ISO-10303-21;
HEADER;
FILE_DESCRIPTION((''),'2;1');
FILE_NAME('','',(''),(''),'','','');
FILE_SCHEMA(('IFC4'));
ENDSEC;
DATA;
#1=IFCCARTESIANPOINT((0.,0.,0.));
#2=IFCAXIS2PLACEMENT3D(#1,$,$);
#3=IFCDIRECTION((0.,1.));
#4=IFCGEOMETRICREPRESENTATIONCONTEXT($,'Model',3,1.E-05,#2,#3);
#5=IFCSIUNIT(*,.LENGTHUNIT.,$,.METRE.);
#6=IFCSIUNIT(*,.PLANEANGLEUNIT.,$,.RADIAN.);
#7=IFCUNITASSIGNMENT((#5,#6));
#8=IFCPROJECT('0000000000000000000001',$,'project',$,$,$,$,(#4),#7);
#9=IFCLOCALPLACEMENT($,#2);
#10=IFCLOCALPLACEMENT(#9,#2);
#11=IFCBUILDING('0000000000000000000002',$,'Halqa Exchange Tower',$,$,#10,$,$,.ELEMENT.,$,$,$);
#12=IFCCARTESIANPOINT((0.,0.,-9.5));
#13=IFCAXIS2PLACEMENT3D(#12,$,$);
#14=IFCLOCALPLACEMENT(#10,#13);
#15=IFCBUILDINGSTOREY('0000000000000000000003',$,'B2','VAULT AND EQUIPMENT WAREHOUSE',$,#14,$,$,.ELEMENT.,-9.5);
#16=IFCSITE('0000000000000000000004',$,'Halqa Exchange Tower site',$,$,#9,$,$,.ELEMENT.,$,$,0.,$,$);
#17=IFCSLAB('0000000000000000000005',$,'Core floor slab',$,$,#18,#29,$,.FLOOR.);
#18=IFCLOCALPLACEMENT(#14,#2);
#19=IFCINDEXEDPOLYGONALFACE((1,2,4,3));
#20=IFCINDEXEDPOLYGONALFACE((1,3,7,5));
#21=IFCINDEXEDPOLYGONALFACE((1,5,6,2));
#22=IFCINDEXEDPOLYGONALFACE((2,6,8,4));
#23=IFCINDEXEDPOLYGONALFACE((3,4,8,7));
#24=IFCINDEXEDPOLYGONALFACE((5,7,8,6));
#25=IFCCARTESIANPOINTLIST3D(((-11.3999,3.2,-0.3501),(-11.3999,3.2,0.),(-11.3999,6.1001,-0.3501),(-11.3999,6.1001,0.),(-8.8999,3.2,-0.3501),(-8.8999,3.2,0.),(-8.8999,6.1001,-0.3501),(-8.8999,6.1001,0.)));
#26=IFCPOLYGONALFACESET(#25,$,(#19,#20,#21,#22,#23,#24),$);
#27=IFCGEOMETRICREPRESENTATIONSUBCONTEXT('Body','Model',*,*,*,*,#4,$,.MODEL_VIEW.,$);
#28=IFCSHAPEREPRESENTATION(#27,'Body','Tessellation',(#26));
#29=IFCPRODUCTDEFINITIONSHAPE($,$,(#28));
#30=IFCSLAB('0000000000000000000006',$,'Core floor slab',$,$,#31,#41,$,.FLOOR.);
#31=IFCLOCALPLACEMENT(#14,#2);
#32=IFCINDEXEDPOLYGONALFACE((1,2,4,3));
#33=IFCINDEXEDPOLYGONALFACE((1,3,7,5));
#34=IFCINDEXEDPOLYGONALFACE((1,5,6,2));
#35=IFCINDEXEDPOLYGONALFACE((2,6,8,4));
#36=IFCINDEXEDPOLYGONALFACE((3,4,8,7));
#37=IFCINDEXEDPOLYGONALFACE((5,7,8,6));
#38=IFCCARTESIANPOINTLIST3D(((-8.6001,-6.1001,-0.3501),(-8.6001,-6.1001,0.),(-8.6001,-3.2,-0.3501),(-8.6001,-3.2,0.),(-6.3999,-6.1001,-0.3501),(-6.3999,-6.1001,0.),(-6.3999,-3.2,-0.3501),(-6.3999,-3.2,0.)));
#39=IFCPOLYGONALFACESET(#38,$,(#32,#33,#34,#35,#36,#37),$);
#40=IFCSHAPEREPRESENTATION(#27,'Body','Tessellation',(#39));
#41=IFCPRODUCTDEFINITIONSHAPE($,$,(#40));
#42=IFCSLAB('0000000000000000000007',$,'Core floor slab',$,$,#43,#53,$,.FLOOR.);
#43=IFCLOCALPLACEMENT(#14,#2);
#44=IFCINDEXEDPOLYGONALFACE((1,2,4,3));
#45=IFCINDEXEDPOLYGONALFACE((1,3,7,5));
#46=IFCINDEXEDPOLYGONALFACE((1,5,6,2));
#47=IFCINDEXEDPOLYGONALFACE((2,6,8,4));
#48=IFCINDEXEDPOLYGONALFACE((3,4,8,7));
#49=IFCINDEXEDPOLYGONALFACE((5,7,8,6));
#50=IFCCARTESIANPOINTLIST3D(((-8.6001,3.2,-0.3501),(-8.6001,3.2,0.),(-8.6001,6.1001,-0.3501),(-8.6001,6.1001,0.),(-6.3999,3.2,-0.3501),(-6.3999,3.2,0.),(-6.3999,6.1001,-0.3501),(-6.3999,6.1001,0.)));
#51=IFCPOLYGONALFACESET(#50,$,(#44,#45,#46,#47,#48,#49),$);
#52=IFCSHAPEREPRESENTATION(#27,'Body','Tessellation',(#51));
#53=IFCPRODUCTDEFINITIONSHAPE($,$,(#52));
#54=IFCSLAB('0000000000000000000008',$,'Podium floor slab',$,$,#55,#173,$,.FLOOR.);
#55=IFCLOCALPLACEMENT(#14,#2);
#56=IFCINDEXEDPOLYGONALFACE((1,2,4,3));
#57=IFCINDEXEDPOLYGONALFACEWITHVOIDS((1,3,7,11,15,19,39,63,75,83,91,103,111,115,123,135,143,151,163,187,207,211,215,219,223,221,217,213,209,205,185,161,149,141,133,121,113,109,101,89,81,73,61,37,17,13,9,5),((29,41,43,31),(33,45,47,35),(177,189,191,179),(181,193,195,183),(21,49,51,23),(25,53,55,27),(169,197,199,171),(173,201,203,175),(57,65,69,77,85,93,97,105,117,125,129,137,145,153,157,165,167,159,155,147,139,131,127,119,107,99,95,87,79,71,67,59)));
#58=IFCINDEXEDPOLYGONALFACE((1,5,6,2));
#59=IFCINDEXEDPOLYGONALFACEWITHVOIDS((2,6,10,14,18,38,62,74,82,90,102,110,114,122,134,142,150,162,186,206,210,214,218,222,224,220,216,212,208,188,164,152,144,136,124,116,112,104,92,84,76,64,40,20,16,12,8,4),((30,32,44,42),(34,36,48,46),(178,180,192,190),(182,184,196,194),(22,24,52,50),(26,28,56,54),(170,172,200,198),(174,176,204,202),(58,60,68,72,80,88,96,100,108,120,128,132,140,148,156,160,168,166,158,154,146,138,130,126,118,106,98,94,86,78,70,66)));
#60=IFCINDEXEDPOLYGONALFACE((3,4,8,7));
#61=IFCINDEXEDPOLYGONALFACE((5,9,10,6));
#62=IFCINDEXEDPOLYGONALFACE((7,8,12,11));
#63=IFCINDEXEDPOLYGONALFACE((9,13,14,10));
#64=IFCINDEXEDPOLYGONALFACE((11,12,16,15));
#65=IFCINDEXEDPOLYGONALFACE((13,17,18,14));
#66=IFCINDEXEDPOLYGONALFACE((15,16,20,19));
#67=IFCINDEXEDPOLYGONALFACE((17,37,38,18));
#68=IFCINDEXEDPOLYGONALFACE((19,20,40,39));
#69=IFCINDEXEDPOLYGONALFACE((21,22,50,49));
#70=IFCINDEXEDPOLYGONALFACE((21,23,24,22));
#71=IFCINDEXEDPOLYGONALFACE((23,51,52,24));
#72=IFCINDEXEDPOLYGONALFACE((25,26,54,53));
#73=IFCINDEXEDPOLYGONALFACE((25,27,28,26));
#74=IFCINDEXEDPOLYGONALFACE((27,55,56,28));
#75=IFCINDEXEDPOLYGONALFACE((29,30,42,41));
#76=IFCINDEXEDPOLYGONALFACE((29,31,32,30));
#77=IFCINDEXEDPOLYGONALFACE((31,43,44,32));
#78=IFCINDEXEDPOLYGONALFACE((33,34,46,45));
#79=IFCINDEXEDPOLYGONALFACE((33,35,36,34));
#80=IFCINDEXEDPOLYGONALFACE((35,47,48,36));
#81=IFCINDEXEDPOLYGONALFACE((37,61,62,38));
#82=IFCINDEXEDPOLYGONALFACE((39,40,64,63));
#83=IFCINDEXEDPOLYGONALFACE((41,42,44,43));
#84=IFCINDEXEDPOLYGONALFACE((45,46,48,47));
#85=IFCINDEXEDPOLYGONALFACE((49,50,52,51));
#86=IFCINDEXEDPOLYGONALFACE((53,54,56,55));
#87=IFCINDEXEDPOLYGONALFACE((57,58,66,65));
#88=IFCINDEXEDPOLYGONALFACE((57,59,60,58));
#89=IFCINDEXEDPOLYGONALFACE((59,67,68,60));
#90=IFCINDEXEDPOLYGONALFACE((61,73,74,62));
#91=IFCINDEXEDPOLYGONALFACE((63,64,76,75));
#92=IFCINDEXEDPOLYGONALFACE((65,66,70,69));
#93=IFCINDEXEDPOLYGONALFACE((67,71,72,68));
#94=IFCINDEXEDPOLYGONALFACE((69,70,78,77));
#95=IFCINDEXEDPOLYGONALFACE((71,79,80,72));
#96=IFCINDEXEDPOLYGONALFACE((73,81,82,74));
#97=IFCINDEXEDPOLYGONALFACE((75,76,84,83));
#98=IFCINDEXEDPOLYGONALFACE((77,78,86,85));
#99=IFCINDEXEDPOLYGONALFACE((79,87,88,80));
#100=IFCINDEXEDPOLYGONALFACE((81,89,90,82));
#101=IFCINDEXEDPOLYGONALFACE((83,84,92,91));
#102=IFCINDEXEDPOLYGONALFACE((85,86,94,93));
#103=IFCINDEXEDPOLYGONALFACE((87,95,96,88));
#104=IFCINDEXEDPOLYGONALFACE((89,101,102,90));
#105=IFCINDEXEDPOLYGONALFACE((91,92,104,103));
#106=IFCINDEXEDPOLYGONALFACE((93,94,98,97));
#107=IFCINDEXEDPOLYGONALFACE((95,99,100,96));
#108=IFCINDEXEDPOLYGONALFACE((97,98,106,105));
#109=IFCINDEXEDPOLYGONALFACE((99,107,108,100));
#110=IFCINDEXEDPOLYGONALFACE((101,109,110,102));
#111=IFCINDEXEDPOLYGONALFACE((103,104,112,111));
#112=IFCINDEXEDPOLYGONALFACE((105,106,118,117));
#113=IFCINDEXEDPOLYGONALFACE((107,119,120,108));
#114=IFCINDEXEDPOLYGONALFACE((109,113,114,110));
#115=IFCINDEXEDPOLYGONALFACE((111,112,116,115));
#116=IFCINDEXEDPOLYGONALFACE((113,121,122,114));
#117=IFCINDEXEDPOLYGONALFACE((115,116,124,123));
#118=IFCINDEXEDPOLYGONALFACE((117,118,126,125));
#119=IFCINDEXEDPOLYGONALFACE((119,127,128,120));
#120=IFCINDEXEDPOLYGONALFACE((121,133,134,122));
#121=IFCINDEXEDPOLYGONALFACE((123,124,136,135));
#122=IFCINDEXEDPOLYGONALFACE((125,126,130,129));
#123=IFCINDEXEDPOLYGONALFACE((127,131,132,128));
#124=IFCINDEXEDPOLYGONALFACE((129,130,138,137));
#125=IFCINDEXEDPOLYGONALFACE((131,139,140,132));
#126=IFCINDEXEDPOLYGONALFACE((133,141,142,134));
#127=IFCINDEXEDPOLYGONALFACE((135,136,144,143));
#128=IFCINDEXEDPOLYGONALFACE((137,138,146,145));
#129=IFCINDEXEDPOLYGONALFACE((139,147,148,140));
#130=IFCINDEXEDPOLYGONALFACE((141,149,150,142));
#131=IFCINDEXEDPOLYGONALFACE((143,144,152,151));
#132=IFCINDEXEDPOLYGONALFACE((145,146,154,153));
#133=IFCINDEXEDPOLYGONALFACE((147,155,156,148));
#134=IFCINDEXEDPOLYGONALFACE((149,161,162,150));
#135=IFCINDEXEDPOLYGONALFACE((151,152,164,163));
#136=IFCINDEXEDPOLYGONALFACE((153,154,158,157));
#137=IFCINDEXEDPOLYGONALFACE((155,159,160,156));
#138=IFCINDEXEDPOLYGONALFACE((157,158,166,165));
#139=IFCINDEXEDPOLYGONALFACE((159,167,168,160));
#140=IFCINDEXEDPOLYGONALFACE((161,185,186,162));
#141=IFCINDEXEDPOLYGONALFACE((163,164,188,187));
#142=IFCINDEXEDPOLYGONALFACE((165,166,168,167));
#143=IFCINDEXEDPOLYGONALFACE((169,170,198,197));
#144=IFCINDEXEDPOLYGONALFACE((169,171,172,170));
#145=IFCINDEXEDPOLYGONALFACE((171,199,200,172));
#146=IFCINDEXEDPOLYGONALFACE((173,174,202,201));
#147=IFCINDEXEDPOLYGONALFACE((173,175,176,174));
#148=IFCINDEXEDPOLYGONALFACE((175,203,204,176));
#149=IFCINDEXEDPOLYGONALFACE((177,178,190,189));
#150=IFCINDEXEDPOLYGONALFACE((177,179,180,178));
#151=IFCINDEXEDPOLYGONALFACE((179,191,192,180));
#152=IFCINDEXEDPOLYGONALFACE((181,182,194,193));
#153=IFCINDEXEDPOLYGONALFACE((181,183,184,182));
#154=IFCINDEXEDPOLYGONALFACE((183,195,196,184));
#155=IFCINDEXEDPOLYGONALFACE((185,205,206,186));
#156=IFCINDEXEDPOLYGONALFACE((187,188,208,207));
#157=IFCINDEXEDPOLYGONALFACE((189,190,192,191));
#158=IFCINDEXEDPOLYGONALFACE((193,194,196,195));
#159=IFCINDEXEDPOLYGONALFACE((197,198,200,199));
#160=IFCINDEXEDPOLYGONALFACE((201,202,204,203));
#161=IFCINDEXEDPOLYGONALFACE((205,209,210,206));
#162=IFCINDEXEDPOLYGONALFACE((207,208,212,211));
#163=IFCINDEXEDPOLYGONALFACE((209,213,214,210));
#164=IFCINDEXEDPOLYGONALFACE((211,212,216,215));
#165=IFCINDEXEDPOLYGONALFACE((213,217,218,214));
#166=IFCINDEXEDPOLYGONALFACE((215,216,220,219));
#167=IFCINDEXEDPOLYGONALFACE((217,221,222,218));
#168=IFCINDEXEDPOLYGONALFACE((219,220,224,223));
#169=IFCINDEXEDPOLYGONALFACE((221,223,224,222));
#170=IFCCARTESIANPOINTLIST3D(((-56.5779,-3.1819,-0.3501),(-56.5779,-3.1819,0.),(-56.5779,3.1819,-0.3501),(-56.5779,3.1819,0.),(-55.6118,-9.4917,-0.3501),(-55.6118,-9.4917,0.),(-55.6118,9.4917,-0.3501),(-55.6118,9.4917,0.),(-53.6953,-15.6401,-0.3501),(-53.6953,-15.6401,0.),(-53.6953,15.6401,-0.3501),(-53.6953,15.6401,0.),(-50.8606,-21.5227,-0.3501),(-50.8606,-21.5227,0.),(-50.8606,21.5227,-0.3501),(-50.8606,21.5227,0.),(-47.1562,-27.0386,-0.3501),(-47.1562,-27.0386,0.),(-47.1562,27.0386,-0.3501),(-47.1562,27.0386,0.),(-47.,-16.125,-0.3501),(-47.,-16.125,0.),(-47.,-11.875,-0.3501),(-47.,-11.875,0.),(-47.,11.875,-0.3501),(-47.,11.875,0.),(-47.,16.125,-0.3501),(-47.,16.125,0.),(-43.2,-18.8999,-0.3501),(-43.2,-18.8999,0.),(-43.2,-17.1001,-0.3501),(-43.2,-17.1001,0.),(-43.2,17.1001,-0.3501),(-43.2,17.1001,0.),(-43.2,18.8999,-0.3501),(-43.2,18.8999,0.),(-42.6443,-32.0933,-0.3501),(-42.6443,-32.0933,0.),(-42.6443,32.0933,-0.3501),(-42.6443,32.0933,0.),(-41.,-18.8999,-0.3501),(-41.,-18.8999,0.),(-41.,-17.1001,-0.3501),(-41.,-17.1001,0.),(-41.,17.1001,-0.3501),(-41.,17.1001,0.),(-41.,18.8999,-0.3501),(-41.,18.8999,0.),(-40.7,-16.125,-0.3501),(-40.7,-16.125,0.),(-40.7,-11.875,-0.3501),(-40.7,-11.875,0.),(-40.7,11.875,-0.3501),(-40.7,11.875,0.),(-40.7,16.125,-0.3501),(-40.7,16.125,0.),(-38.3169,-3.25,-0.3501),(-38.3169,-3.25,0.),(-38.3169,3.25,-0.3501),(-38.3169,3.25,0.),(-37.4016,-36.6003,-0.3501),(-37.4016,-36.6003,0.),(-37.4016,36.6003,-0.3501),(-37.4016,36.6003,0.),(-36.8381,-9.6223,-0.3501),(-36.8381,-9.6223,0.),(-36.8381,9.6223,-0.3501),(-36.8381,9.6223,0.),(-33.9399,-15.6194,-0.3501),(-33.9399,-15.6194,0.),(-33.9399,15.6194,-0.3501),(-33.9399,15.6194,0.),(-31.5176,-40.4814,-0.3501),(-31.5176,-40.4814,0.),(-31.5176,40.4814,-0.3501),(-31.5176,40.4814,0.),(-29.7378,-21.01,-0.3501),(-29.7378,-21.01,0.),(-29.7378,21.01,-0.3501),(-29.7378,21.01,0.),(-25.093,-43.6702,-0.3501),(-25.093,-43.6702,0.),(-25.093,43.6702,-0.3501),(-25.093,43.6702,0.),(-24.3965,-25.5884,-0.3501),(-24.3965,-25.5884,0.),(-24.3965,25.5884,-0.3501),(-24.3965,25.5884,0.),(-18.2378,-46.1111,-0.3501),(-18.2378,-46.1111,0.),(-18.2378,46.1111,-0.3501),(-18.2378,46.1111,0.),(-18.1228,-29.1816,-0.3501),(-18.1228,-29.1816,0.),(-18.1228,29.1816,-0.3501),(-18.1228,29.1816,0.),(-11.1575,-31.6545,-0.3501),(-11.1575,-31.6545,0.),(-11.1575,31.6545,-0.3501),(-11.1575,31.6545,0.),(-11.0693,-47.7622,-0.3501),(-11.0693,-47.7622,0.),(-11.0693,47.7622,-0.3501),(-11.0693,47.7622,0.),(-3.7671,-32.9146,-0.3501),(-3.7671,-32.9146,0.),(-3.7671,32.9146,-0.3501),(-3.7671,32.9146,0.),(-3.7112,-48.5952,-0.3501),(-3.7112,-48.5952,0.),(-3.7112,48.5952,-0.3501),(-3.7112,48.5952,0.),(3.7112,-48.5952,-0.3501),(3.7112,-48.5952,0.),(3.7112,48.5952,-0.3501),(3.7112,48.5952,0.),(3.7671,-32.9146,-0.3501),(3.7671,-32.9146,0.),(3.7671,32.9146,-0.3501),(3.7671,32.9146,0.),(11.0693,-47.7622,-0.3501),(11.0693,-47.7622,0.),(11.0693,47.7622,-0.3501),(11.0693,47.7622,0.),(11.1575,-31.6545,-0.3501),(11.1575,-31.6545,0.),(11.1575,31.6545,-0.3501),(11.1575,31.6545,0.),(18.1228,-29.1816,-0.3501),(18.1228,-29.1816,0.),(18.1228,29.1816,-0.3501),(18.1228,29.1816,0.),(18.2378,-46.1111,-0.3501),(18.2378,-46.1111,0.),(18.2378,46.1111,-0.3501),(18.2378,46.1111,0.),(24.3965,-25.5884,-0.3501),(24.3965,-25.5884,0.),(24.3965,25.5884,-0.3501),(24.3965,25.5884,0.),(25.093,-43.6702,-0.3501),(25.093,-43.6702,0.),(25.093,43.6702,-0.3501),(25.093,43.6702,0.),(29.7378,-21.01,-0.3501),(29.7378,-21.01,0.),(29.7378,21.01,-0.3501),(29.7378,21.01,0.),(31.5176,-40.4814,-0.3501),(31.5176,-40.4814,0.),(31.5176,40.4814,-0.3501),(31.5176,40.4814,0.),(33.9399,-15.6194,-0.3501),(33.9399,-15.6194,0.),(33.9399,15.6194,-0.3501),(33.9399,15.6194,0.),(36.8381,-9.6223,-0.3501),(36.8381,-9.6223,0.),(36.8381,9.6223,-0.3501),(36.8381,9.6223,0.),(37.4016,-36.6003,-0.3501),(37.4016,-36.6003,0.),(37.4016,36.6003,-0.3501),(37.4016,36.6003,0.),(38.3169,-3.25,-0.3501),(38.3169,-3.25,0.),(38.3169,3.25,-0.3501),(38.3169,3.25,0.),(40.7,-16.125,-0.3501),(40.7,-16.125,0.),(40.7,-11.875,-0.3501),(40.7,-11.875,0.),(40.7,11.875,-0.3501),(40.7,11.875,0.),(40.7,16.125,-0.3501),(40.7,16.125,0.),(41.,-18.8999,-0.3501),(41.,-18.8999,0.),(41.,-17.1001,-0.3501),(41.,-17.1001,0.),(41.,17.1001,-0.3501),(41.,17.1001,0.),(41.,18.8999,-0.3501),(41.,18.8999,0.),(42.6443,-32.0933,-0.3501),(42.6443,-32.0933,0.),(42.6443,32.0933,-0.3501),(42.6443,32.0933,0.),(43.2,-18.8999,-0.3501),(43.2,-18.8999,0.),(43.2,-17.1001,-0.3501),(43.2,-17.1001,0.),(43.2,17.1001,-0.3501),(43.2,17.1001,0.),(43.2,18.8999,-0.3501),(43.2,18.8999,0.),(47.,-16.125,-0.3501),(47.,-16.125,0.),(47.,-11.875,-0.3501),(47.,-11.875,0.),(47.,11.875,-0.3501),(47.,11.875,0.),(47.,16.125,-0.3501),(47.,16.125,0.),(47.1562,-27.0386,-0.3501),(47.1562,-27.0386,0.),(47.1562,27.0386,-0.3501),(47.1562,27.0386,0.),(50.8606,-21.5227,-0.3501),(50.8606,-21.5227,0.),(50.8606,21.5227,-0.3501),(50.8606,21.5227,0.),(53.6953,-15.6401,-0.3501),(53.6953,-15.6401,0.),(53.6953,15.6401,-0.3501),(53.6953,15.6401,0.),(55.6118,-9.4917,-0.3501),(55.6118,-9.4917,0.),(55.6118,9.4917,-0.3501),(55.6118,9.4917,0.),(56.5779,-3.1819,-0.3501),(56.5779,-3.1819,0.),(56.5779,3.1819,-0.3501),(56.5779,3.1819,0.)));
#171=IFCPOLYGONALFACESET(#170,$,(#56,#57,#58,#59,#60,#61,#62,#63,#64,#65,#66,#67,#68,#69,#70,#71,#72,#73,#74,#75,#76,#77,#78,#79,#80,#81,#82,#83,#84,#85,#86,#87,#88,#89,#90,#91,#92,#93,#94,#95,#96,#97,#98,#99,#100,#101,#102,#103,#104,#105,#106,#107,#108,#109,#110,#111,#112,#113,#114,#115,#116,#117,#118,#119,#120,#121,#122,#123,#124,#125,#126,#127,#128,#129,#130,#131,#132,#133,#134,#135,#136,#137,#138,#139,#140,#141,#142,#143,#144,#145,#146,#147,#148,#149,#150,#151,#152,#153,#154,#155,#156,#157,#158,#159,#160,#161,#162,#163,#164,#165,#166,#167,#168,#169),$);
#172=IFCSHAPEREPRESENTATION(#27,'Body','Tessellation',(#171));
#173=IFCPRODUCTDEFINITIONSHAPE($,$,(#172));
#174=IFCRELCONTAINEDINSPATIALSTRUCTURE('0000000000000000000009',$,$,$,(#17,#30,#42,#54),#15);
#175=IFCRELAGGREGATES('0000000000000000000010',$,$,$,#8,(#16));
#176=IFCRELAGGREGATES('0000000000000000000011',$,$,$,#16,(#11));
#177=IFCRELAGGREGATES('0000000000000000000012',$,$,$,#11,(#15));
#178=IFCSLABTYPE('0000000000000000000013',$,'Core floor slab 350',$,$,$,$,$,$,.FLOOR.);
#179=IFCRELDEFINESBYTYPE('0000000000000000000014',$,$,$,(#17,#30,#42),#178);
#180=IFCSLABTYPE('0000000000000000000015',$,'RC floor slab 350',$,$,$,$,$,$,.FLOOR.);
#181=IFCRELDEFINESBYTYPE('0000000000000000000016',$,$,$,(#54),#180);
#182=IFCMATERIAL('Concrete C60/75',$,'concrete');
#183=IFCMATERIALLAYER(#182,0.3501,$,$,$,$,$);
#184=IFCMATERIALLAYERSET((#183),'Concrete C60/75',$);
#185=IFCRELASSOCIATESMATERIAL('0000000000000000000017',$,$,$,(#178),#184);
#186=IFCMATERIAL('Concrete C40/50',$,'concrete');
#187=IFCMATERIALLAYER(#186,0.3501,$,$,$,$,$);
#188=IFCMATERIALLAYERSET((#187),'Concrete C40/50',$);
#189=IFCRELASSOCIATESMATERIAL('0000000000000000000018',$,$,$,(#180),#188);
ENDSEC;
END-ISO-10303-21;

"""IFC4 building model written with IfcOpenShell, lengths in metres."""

from ifc_helpers import new_model, si_unit, direction, frame, origin, place, context, subcontext, project, spatial, polyline, outline, extrude, material, layer, layer_set, type_object, element, save


model = new_model("IFC4")

# Units and contexts
model_context = context("Model", 3, precision=1e-05, world=origin(), true_north=direction((0.0, 1.0)))
body_context = subcontext(model_context, "Body", "Model", "MODEL_VIEW")
ifc_project = project(units=[si_unit("LENGTHUNIT", "METRE"), si_unit("PLANEANGLEUNIT", "RADIAN")], contexts=[model_context])

# Site, building, storey
site_placement = place(None, origin())
site = spatial("IfcSite", under=ifc_project, at=site_placement, Name="Halqa Exchange Tower site", CompositionType="ELEMENT", RefElevation=0.0)
building_placement = place(site_placement, origin())
building = spatial("IfcBuilding", under=site, at=building_placement, Name="Halqa Exchange Tower", CompositionType="ELEMENT")
storey_placement = place(building_placement, frame((0.0, 0.0, -9.5)))
storey = spatial("IfcBuildingStorey", under=building, at=storey_placement, Name="B2", Description="VAULT AND EQUIPMENT WAREHOUSE", CompositionType="ELEMENT", Elevation=-9.5)

# Slabs
ifc_material_1 = material(Name="Concrete C60/75", Category="concrete")
ifc_layer_1 = layer(ifc_material_1, 0.3501)
ifc_layer_set_1 = layer_set([ifc_layer_1], Name="Concrete C60/75")
slab_type_1 = type_object("IfcSlabType", Name="Core floor slab 350", PredefinedType="FLOOR", material=ifc_layer_set_1)
slab_1_placement = place(storey_placement, frame((0.0, 0.0, -0.3501)))
element("IfcSlab", 1, at=slab_1_placement, inside=storey, type_object=slab_type_1, Name="Core floor slab", PredefinedType="FLOOR", context=body_context, shape_type="SweptSolid", body=[
    extrude(outline(polyline([(-11.3999, 3.2), (-11.3999, 6.1001), (-8.8999, 6.1001), (-8.8999, 3.2), (-11.3999, 3.2)])), origin(), (0.0, 0.0, 1.0), 0.3501),
])
slab_2_placement = place(storey_placement, frame((0.0, 0.0, -0.3501)))
element("IfcSlab", 2, at=slab_2_placement, inside=storey, type_object=slab_type_1, Name="Core floor slab", PredefinedType="FLOOR", context=body_context, shape_type="SweptSolid", body=[
    extrude(outline(polyline([(-6.3999, -6.1001), (-8.6001, -6.1001), (-8.6001, -3.2), (-6.3999, -3.2), (-6.3999, -6.1001)])), origin(), (0.0, 0.0, 1.0), 0.3501),
])
slab_3_placement = place(storey_placement, frame((0.0, 0.0, -0.3501)))
element("IfcSlab", 3, at=slab_3_placement, inside=storey, type_object=slab_type_1, Name="Core floor slab", PredefinedType="FLOOR", context=body_context, shape_type="SweptSolid", body=[
    extrude(outline(polyline([(-6.3999, 3.2), (-8.6001, 3.2), (-8.6001, 6.1001), (-6.3999, 6.1001), (-6.3999, 3.2)])), origin(), (0.0, 0.0, 1.0), 0.3501),
])
ifc_material_2 = material(Name="Concrete C40/50", Category="concrete")
ifc_layer_2 = layer(ifc_material_2, 0.3501)
ifc_layer_set_2 = layer_set([ifc_layer_2], Name="Concrete C40/50")
slab_type_2 = type_object("IfcSlabType", Name="RC floor slab 350", PredefinedType="FLOOR", material=ifc_layer_set_2)
slab_4_placement = place(storey_placement, frame((0.0, 0.0, -0.3501)))
element("IfcSlab", 4, at=slab_4_placement, inside=storey, type_object=slab_type_2, Name="Podium floor slab", PredefinedType="FLOOR", context=body_context, shape_type="SweptSolid", body=[
    extrude(outline(polyline([(56.5779, 3.1819), (56.5779, -3.1819), (55.6118, -9.4917), (53.6953, -15.6401), (50.8606, -21.5227), (47.1562, -27.0386), (42.6443, -32.0933), (37.4016, -36.6003), (31.5176, -40.4814), (25.093, -43.6702), (18.2378, -46.1111), (11.0693, -47.7622), (3.7112, -48.5952), (-3.7112, -48.5952), (-11.0693, -47.7622), (-18.2378, -46.1111), (-25.093, -43.6702), (-31.5176, -40.4814), (-37.4016, -36.6003), (-42.6443, -32.0933), (-47.1562, -27.0386), (-50.8606, -21.5227), (-53.6953, -15.6401), (-55.6118, -9.4917), (-56.5779, -3.1819), (-56.5779, 3.1819), (-55.6118, 9.4917), (-53.6953, 15.6401), (-50.8606, 21.5227), (-47.1562, 27.0386), (-42.6443, 32.0933), (-37.4016, 36.6003), (-31.5176, 40.4814), (-25.093, 43.6702), (-18.2378, 46.1111), (-11.0693, 47.7622), (-3.7112, 48.5952), (3.7112, 48.5952), (11.0693, 47.7622), (18.2378, 46.1111), (25.093, 43.6702), (31.5176, 40.4814), (37.4016, 36.6003), (42.6443, 32.0933), (47.1562, 27.0386), (50.8606, 21.5227), (53.6953, 15.6401), (55.6118, 9.4917), (56.5779, 3.1819)]), holes=[polyline([(38.3169, 3.25), (38.3169, -3.25), (36.8381, -9.6223), (33.9399, -15.6194), (29.7378, -21.01), (24.3965, -25.5884), (18.1228, -29.1816), (11.1575, -31.6545), (3.7671, -32.9146), (-3.7671, -32.9146), (-11.1575, -31.6545), (-18.1228, -29.1816), (-24.3965, -25.5884), (-29.7378, -21.01), (-33.9399, -15.6194), (-36.8381, -9.6223), (-38.3169, -3.25), (-38.3169, 3.25), (-36.8381, 9.6223), (-33.9399, 15.6194), (-29.7378, 21.01), (-24.3965, 25.5884), (-18.1228, 29.1816), (-11.1575, 31.6545), (-3.7671, 32.9146), (3.7671, 32.9146), (11.1575, 31.6545), (18.1228, 29.1816), (24.3965, 25.5884), (29.7378, 21.01), (33.9399, 15.6194), (36.8381, 9.6223), (38.3169, 3.25)]), polyline([(40.7, 11.875), (47.0, 11.875), (47.0, 16.125), (40.7, 16.125), (40.7, 11.875)]), polyline([(40.7, -16.125), (47.0, -16.125), (47.0, -11.875), (40.7, -11.875), (40.7, -16.125)]), polyline([(-47.0, 11.875), (-40.7, 11.875), (-40.7, 16.125), (-47.0, 16.125), (-47.0, 11.875)]), polyline([(-47.0, -16.125), (-40.7, -16.125), (-40.7, -11.875), (-47.0, -11.875), (-47.0, -16.125)]), polyline([(41.0, 17.1001), (43.2, 17.1001), (43.2, 18.8999), (41.0, 18.8999), (41.0, 17.1001)]), polyline([(41.0, -18.8999), (43.2, -18.8999), (43.2, -17.1001), (41.0, -17.1001), (41.0, -18.8999)]), polyline([(-43.2, 17.1001), (-41.0, 17.1001), (-41.0, 18.8999), (-43.2, 18.8999), (-43.2, 17.1001)]), polyline([(-43.2, -18.8999), (-41.0, -18.8999), (-41.0, -17.1001), (-43.2, -17.1001), (-43.2, -18.8999)])]), origin(), (0.0, 0.0, 1.0), 0.3501),
])

save(model, "model.ifc")
